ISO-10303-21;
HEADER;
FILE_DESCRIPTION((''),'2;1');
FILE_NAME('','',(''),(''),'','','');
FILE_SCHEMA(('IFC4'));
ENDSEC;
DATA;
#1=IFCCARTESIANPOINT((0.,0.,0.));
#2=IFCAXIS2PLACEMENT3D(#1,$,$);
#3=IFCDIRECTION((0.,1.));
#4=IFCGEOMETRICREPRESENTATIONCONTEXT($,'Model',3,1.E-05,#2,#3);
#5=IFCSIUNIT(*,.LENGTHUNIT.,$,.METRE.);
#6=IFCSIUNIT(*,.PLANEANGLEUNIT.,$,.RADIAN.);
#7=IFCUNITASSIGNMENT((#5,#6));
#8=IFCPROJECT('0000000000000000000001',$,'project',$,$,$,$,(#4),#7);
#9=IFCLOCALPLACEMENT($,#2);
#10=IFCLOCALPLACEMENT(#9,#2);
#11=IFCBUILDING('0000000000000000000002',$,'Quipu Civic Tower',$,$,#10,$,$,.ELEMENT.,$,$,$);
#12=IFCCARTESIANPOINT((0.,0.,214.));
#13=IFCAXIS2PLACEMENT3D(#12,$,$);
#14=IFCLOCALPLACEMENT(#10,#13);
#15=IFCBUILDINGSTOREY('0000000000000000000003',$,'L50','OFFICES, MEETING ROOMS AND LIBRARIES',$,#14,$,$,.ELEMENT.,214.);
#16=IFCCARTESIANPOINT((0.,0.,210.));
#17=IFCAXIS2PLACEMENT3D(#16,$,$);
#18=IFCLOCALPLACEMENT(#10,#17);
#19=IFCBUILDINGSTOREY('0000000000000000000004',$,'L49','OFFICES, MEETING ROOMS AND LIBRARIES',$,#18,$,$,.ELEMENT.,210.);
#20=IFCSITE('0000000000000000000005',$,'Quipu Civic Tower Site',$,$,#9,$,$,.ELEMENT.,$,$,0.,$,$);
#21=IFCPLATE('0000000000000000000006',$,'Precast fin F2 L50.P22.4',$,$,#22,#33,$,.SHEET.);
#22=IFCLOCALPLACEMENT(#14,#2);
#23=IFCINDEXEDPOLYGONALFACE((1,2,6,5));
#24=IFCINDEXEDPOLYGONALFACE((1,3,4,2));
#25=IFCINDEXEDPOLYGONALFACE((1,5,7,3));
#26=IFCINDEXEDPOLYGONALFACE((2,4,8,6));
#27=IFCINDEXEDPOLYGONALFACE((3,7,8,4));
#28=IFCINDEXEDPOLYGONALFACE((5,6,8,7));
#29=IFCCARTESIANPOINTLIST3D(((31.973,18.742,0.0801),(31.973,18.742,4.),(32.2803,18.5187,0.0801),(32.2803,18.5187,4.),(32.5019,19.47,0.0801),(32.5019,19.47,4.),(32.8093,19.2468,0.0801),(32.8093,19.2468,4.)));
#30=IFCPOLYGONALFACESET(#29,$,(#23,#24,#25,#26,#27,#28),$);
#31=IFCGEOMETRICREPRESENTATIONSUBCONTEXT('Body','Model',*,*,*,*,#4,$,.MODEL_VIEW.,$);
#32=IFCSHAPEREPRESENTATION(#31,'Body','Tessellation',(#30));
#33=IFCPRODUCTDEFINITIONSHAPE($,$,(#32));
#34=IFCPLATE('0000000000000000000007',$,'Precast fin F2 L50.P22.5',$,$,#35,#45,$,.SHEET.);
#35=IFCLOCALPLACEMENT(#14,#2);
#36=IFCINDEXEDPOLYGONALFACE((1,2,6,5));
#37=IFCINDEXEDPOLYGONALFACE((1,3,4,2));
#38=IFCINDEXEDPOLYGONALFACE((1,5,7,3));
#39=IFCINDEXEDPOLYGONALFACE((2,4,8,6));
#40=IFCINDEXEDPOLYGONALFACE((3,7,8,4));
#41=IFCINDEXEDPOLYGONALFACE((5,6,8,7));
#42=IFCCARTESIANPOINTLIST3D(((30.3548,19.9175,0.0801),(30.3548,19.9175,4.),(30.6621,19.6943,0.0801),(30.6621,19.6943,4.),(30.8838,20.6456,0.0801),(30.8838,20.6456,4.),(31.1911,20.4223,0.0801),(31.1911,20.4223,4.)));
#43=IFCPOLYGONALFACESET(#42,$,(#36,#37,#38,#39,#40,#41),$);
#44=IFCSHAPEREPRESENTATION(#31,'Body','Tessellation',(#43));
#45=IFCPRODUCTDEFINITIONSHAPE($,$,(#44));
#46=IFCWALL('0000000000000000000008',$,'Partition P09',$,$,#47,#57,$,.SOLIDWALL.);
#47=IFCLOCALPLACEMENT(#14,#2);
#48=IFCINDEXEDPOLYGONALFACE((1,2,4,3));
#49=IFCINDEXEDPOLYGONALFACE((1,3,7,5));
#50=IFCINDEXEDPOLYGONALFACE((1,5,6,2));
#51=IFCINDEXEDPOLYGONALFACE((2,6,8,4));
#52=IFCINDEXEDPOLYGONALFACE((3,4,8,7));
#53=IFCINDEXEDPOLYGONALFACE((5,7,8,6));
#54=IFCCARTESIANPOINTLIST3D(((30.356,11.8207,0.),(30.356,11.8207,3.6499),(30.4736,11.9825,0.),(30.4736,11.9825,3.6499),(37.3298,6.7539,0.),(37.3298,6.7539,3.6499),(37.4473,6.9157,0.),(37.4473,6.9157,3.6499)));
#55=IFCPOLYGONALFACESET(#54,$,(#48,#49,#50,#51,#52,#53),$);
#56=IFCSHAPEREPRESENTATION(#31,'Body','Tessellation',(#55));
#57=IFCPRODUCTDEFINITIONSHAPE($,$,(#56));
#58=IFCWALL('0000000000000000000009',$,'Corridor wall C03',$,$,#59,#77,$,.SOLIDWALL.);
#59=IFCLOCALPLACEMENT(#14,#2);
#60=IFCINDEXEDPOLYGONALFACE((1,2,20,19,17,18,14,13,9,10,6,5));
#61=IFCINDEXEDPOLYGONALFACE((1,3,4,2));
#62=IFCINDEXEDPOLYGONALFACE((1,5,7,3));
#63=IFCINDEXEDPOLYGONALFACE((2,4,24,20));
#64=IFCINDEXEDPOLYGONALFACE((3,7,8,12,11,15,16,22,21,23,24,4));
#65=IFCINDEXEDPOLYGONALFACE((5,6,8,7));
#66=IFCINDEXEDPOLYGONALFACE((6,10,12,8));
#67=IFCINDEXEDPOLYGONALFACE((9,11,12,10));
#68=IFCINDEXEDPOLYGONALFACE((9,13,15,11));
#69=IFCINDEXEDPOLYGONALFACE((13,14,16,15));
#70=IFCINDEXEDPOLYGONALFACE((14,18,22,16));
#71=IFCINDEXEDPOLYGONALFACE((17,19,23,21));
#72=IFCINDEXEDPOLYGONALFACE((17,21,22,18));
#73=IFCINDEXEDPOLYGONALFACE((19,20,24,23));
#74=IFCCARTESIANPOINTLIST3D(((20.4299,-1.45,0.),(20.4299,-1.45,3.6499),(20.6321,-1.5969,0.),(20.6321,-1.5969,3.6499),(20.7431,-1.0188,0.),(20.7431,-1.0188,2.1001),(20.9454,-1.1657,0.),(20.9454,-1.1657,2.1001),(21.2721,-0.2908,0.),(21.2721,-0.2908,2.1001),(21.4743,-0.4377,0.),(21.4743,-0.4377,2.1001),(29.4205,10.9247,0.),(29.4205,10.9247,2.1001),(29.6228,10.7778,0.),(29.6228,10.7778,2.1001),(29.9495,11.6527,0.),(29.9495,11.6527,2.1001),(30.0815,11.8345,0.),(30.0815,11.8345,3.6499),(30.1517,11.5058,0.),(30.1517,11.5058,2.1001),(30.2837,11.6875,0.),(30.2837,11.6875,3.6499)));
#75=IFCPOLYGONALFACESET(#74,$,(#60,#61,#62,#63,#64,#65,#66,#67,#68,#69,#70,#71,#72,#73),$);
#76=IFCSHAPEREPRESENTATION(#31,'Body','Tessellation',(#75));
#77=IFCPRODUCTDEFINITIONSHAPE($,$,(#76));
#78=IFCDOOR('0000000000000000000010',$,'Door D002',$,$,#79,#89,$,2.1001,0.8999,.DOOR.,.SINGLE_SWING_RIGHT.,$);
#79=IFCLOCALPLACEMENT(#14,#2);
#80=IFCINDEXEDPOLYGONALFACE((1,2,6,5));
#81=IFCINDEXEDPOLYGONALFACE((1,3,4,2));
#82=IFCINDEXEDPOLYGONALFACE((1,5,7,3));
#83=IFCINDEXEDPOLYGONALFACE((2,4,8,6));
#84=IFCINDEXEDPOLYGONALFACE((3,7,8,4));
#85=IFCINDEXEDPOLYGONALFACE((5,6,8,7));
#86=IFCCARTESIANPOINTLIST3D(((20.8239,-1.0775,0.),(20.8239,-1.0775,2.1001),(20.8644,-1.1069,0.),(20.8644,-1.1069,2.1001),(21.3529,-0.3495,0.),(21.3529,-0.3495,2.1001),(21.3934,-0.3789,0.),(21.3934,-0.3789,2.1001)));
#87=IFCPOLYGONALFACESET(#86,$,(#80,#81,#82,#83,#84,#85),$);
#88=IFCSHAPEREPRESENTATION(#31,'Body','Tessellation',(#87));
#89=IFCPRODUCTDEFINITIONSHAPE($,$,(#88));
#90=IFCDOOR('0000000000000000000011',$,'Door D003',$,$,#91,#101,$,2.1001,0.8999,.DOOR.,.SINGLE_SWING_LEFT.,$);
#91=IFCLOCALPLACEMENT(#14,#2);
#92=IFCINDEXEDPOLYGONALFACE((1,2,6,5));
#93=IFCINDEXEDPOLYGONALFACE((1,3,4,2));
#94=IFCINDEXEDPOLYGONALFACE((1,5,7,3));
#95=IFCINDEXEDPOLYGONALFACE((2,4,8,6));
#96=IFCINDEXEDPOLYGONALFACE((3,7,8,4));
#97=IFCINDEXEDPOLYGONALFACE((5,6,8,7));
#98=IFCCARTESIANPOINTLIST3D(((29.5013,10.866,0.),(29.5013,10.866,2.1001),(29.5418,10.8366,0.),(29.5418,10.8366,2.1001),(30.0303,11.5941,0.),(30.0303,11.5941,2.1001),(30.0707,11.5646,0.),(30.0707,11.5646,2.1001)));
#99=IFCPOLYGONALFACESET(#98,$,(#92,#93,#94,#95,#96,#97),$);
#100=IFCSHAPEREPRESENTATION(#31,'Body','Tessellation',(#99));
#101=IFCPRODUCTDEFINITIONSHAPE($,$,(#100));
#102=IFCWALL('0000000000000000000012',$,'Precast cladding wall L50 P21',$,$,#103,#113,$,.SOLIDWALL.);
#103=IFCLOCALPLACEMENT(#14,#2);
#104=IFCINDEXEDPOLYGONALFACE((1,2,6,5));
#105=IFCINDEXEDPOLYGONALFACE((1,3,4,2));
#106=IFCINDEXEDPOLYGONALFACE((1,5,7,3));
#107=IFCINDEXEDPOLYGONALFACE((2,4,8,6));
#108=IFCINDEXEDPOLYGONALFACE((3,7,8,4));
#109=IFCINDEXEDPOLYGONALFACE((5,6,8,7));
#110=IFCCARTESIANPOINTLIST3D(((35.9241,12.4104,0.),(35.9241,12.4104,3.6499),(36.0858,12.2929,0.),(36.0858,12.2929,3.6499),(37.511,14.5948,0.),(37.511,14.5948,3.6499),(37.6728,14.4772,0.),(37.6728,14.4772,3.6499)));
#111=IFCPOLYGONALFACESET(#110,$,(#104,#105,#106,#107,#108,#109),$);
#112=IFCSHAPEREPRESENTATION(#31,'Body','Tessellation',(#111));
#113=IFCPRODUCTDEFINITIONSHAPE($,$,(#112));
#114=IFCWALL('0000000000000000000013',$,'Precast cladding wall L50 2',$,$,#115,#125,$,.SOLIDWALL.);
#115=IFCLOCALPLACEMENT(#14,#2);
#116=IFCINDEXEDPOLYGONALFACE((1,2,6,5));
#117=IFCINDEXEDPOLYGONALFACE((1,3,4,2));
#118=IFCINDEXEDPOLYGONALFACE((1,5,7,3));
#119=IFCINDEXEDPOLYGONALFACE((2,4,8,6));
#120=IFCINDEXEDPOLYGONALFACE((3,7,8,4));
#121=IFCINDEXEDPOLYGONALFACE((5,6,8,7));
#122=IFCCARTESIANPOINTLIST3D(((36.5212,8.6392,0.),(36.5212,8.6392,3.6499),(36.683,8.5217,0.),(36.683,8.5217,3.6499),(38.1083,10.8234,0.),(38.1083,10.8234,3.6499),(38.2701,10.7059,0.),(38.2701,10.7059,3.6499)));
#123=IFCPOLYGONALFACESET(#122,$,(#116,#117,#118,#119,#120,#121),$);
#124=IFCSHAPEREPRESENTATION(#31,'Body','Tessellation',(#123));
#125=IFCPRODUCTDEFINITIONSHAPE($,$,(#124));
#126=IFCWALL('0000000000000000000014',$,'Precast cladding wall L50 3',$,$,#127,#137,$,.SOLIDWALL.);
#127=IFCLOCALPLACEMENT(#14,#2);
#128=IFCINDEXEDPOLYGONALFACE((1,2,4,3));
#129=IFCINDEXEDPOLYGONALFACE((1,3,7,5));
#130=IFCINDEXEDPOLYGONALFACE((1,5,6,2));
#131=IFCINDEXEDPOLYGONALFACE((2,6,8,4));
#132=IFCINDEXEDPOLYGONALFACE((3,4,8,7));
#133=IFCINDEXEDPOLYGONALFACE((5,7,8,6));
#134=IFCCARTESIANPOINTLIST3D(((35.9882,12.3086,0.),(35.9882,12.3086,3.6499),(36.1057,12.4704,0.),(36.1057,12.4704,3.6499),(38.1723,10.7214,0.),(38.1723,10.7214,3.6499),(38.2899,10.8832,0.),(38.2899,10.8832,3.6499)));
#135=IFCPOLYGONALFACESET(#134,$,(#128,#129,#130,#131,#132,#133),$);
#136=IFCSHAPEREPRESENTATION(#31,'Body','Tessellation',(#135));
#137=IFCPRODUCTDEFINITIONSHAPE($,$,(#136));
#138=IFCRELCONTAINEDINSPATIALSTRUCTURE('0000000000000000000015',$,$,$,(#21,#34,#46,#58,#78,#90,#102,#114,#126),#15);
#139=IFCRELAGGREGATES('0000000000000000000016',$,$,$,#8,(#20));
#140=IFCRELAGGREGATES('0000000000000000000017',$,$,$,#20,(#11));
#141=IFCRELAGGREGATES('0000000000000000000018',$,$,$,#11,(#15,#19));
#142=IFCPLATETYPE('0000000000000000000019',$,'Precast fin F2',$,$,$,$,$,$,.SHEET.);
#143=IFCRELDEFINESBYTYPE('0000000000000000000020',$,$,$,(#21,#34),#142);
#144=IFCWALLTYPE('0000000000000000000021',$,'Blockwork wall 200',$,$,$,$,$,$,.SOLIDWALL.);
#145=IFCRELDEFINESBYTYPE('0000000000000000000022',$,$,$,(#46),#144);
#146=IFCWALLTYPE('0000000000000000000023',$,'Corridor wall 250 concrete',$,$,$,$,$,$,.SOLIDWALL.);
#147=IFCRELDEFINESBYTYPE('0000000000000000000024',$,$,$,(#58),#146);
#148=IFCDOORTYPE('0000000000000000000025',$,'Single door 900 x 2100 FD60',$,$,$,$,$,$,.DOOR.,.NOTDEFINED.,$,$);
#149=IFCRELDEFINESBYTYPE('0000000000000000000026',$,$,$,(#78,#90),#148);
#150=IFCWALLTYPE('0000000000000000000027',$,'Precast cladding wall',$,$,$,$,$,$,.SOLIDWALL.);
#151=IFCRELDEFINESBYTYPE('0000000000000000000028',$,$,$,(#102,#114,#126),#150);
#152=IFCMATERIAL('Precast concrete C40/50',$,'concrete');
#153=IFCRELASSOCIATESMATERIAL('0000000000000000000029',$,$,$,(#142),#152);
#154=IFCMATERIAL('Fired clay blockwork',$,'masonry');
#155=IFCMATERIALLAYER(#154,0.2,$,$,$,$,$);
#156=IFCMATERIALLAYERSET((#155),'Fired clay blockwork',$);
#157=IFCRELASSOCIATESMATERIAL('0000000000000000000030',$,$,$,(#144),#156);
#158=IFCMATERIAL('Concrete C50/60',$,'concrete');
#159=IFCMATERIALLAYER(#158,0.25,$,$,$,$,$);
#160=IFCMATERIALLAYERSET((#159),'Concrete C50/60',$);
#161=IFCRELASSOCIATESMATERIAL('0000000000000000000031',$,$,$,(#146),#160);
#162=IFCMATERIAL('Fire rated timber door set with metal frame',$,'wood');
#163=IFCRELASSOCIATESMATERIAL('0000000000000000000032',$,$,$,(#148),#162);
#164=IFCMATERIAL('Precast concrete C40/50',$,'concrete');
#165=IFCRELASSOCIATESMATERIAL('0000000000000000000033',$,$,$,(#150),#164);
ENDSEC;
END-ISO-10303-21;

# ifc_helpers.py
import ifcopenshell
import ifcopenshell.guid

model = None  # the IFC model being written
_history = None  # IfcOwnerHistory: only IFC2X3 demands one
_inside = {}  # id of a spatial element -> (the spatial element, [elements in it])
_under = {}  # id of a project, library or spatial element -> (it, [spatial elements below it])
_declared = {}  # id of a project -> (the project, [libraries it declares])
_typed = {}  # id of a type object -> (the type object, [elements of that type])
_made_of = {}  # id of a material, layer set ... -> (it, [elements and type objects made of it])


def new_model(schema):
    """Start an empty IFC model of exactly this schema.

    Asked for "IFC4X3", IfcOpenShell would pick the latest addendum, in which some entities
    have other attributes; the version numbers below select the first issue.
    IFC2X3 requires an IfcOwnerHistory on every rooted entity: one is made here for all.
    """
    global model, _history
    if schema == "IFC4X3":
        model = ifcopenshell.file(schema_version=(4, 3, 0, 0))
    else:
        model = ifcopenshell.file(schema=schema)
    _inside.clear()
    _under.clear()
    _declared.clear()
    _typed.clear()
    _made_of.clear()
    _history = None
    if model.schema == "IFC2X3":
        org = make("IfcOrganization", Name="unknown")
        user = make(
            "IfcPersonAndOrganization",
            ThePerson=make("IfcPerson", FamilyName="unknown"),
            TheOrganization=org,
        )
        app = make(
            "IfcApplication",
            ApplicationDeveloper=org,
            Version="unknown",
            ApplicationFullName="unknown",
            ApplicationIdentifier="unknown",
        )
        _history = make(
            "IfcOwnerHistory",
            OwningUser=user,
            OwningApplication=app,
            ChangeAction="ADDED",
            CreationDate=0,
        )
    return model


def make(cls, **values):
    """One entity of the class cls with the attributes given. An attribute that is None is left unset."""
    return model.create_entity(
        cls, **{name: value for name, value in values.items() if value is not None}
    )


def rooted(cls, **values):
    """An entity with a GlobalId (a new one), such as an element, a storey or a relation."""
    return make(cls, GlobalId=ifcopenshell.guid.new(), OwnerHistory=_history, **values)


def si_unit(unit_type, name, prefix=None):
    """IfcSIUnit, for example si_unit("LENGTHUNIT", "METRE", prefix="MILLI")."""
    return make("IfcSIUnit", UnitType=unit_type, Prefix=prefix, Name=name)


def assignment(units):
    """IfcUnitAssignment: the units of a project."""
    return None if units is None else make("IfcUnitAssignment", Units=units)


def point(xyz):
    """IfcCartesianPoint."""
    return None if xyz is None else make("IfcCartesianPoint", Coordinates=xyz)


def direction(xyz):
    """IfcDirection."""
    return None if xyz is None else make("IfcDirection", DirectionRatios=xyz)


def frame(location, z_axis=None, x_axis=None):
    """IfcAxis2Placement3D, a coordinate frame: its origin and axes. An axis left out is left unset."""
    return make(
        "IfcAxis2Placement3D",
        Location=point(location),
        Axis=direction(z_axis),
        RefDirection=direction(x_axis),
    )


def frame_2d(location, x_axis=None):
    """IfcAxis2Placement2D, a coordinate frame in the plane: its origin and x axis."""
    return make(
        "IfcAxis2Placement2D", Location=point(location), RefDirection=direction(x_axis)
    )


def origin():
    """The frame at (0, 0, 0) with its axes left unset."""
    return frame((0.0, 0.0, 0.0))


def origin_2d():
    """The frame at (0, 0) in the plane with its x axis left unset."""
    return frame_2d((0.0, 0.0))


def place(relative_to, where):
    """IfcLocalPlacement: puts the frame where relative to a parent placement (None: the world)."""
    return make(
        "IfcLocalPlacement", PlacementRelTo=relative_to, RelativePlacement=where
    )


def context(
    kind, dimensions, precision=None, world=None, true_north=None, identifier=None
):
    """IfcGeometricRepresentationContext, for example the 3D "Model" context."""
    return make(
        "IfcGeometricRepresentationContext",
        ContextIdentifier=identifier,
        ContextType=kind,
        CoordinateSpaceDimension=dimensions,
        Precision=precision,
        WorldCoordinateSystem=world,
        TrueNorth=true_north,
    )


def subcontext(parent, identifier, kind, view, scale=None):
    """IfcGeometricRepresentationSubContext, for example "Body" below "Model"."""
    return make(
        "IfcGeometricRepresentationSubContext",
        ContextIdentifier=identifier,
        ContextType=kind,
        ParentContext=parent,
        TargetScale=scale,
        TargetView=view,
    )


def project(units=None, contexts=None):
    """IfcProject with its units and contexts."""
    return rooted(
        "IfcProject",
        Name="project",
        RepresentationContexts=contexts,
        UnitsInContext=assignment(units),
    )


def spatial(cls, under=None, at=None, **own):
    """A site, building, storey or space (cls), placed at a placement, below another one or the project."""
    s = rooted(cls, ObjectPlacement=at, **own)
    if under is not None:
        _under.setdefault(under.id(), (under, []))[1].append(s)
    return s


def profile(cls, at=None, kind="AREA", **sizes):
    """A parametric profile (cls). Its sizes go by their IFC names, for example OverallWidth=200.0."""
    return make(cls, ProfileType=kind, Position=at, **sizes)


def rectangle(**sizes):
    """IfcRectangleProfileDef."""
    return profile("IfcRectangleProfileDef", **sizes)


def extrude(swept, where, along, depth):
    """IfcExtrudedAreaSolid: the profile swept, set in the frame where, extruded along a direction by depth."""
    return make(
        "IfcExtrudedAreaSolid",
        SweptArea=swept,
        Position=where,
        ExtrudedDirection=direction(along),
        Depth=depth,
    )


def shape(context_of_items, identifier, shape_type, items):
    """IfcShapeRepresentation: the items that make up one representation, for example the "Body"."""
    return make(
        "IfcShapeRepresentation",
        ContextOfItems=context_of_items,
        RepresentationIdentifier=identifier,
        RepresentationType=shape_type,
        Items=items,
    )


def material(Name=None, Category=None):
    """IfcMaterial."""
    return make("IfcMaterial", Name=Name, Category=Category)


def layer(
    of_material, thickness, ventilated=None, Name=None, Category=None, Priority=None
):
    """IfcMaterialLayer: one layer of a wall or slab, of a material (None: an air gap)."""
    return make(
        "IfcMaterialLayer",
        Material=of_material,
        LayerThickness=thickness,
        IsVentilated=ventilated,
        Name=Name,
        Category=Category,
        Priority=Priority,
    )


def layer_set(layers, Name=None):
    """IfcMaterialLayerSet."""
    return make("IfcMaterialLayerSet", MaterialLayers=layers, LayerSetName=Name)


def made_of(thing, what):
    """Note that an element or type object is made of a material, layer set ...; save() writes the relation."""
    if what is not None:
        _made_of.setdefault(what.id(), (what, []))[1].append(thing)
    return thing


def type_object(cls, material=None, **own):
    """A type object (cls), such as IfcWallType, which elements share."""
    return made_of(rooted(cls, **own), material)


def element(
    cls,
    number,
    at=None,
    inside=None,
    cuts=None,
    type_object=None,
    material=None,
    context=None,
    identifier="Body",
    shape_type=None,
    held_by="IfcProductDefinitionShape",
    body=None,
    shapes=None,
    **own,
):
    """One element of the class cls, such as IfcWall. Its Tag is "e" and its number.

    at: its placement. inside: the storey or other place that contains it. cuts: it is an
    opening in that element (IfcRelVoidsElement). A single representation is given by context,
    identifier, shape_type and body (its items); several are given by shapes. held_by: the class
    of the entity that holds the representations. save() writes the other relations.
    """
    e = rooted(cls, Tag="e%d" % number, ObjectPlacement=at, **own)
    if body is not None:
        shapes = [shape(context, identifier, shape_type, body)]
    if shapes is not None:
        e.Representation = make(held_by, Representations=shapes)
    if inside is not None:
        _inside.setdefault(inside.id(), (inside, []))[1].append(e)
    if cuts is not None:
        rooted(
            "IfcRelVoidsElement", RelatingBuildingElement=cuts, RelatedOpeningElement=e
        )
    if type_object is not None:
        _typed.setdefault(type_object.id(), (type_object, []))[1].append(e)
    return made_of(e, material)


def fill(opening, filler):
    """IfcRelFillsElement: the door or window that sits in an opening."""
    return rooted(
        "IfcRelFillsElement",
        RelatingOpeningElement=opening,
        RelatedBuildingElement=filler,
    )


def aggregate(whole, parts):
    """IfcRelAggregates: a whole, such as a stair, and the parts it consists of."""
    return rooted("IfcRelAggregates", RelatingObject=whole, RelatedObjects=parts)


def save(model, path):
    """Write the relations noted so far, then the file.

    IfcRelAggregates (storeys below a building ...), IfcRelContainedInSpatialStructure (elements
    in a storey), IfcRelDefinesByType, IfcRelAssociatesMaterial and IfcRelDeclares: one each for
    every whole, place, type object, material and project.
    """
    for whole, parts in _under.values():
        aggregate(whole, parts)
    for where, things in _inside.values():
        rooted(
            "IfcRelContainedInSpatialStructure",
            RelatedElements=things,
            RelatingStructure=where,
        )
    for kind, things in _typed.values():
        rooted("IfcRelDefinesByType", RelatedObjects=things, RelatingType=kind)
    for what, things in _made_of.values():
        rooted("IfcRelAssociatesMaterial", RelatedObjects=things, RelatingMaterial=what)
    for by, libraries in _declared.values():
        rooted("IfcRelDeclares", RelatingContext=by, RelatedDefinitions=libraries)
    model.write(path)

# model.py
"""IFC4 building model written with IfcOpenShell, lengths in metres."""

from ifc_helpers import new_model, si_unit, direction, frame, frame_2d, origin, origin_2d, place, context, subcontext, project, spatial, rectangle, extrude, material, layer, layer_set, type_object, element, fill, save


model = new_model("IFC4")

# Units and contexts
model_context = context("Model", 3, precision=1e-05, world=origin(), true_north=direction((0.0, 1.0)))
body_context = subcontext(model_context, "Body", "Model", "MODEL_VIEW")
ifc_project = project(units=[si_unit("LENGTHUNIT", "METRE"), si_unit("PLANEANGLEUNIT", "RADIAN")], contexts=[model_context])

# Site, building, storey
site_placement = place(None, origin())
site = spatial("IfcSite", under=ifc_project, at=site_placement, Name="Quipu Civic Tower Site", CompositionType="ELEMENT", RefElevation=0.0)
building_placement = place(site_placement, origin())
building = spatial("IfcBuilding", under=site, at=building_placement, Name="Quipu Civic Tower", CompositionType="ELEMENT")
storey_1_placement = place(building_placement, frame((0.0, 0.0, 214.0)))
storey_1 = spatial("IfcBuildingStorey", under=building, at=storey_1_placement, Name="L50", Description="OFFICES, MEETING ROOMS AND LIBRARIES", CompositionType="ELEMENT", Elevation=214.0)

# Shared definitions
storey_2_placement = place(building_placement, frame((0.0, 0.0, 210.0)))
storey_2 = spatial("IfcBuildingStorey", under=building, at=storey_2_placement, Name="L49", Description="OFFICES, MEETING ROOMS AND LIBRARIES", CompositionType="ELEMENT", Elevation=210.0)

# Plates
ifc_material_1 = material(Name="Precast concrete C40/50", Category="concrete")
plate_type_1 = type_object("IfcPlateType", Name="Precast fin F2", PredefinedType="SHEET", material=ifc_material_1)
for number, where, z_axis, x_axis, name in (
    (1, (32.3911, 18.9944, 0.0801), (0.0, 0.0, 1.0), (-0.809017, 0.587785, 0.0), "Precast fin F2 L50.P22.4"),
    (2, (30.7729, 20.1699, 0.0801), (0.0, 0.0, 1.0), (-0.809017, 0.587785, 0.0), "Precast fin F2 L50.P22.5"),
):
    element("IfcPlate", number, at=place(storey_1_placement, frame(where, z_axis=z_axis, x_axis=x_axis)), inside=storey_1, type_object=plate_type_1, Name=name, PredefinedType="SHEET", context=body_context, shape_type="SweptSolid", body=[
        extrude(rectangle(XDim=0.3799, YDim=0.8999, at=origin_2d()), origin(), (0.0, 0.0, 1.0), 3.9199),
    ])

# Wall
ifc_material_2 = material(Name="Fired clay blockwork", Category="masonry")
ifc_layer_1 = layer(ifc_material_2, 0.2)
ifc_layer_set_1 = layer_set([ifc_layer_1], Name="Fired clay blockwork")
wall_type_1 = type_object("IfcWallType", Name="Blockwork wall 200", PredefinedType="SOLIDWALL", material=ifc_layer_set_1)
wall_1_placement = place(storey_1_placement, frame((30.4148, 11.9016, 0.0), z_axis=(0.0, 0.0, 1.0), x_axis=(0.809013, -0.587791, 0.0)))
element("IfcWall", 3, at=wall_1_placement, inside=storey_1, type_object=wall_type_1, Name="Partition P09", PredefinedType="SOLIDWALL", context=body_context, shape_type="SweptSolid", body=[
    extrude(rectangle(XDim=8.6201, YDim=0.2, at=frame_2d((4.3101, 0.0))), origin(), (0.0, 0.0, 1.0), 3.6499),
])

# Wall, openings, doors
ifc_material_3 = material(Name="Concrete C50/60", Category="concrete")
ifc_layer_2 = layer(ifc_material_3, 0.25)
ifc_layer_set_2 = layer_set([ifc_layer_2], Name="Concrete C50/60")
wall_type_2 = type_object("IfcWallType", Name="Corridor wall 250 concrete", PredefinedType="SOLIDWALL", material=ifc_layer_set_2)
wall_2_placement = place(storey_1_placement, frame((30.1826, 11.761, 0.0), z_axis=(0.0, 0.0, 1.0), x_axis=(-0.587782, -0.80902, 0.0)))
wall_2 = element("IfcWall", 4, at=wall_2_placement, inside=storey_1, type_object=wall_type_2, Name="Corridor wall C03", PredefinedType="SOLIDWALL", context=body_context, shape_type="SweptSolid", body=[
    extrude(rectangle(XDim=16.4204, YDim=0.25, at=frame_2d((8.2102, 0.0))), origin(), (0.0, 0.0, 1.0), 3.6499),
])
opening_1_placement = place(wall_2_placement, frame((14.9875, 0.0, 0.0)))
opening_1 = element("IfcOpeningElement", 5, at=opening_1_placement, cuts=wall_2, PredefinedType="OPENING", context=body_context, shape_type="SweptSolid", body=[
    extrude(rectangle(XDim=0.8999, YDim=2.1001, at=frame_2d((0.45, 1.05))), frame((0.0, 0.135, 0.0), z_axis=(0.0, -1.0, 0.0), x_axis=(1.0, 0.0, 0.0)), (0.0, 0.0, 1.0), 0.27),
])
opening_2_placement = place(wall_2_placement, frame((0.2246, 0.0, 0.0)))
opening_2 = element("IfcOpeningElement", 6, at=opening_2_placement, cuts=wall_2, PredefinedType="OPENING", context=body_context, shape_type="SweptSolid", body=[
    extrude(rectangle(XDim=0.8999, YDim=2.1001, at=frame_2d((0.45, 1.05))), frame((0.0, 0.135, 0.0), z_axis=(0.0, -1.0, 0.0), x_axis=(1.0, 0.0, 0.0)), (0.0, 0.0, 1.0), 0.27),
])
ifc_material_4 = material(Name="Fire rated timber door set with metal frame", Category="wood")
door_type = type_object("IfcDoorType", Name="Single door 900 x 2100 FD60", OperationType="NOTDEFINED", PredefinedType="DOOR", material=ifc_material_4)
door_1_placement = place(opening_1_placement, origin())
door_1 = element("IfcDoor", 7, at=door_1_placement, inside=storey_1, type_object=door_type, Name="Door D002", OperationType="SINGLE_SWING_RIGHT", OverallHeight=2.1001, OverallWidth=0.8999, PredefinedType="DOOR", context=body_context, shape_type="SweptSolid", body=[
    extrude(rectangle(XDim=0.8999, YDim=2.1001, at=frame_2d((0.45, 1.05))), frame((0.0, 0.0249, 0.0), z_axis=(0.0, -1.0, 0.0), x_axis=(1.0, 0.0, 0.0)), (0.0, 0.0, 1.0), 0.05),
])
fill(opening_1, door_1)
door_2_placement = place(opening_2_placement, origin())
door_2 = element("IfcDoor", 8, at=door_2_placement, inside=storey_1, type_object=door_type, Name="Door D003", OperationType="SINGLE_SWING_LEFT", OverallHeight=2.1001, OverallWidth=0.8999, PredefinedType="DOOR", context=body_context, shape_type="SweptSolid", body=[
    extrude(rectangle(XDim=0.8999, YDim=2.1001, at=frame_2d((0.45, 1.05))), frame((0.0, 0.0249, 0.0), z_axis=(0.0, -1.0, 0.0), x_axis=(1.0, 0.0, 0.0)), (0.0, 0.0, 1.0), 0.05),
])
fill(opening_2, door_2)

# Walls
ifc_material_5 = material(Name="Precast concrete C40/50", Category="concrete")
wall_type_3 = type_object("IfcWallType", Name="Precast cladding wall", PredefinedType="SOLIDWALL", material=ifc_material_5)
for number, where, z_axis, x_axis, name in (
    (9, (36.0049, 12.3516, 0.0), (0.0, 0.0, 1.0), (0.587763, 0.809033, 0.0), "Precast cladding wall L50 P21"),
    (10, (36.6021, 8.5803, 0.0), (0.0, 0.0, 1.0), (0.587822, 0.80899, 0.0), "Precast cladding wall L50 2"),
    (11, (38.2312, 10.8022, 0.0), (0.0, 0.0, 1.0), (-0.808959, 0.587865, 0.0), "Precast cladding wall L50 3"),
):
    element("IfcWall", number, at=place(storey_1_placement, frame(where, z_axis=z_axis, x_axis=x_axis)), inside=storey_1, type_object=wall_type_3, Name=name, PredefinedType="SOLIDWALL", context=body_context, shape_type="SweptSolid", body=[
        extrude(rectangle(XDim=2.7, YDim=0.2, at=frame_2d((1.3501, 0.0))), origin(), (0.0, 0.0, 1.0), 3.6499),
    ])

save(model, "model.ifc")
